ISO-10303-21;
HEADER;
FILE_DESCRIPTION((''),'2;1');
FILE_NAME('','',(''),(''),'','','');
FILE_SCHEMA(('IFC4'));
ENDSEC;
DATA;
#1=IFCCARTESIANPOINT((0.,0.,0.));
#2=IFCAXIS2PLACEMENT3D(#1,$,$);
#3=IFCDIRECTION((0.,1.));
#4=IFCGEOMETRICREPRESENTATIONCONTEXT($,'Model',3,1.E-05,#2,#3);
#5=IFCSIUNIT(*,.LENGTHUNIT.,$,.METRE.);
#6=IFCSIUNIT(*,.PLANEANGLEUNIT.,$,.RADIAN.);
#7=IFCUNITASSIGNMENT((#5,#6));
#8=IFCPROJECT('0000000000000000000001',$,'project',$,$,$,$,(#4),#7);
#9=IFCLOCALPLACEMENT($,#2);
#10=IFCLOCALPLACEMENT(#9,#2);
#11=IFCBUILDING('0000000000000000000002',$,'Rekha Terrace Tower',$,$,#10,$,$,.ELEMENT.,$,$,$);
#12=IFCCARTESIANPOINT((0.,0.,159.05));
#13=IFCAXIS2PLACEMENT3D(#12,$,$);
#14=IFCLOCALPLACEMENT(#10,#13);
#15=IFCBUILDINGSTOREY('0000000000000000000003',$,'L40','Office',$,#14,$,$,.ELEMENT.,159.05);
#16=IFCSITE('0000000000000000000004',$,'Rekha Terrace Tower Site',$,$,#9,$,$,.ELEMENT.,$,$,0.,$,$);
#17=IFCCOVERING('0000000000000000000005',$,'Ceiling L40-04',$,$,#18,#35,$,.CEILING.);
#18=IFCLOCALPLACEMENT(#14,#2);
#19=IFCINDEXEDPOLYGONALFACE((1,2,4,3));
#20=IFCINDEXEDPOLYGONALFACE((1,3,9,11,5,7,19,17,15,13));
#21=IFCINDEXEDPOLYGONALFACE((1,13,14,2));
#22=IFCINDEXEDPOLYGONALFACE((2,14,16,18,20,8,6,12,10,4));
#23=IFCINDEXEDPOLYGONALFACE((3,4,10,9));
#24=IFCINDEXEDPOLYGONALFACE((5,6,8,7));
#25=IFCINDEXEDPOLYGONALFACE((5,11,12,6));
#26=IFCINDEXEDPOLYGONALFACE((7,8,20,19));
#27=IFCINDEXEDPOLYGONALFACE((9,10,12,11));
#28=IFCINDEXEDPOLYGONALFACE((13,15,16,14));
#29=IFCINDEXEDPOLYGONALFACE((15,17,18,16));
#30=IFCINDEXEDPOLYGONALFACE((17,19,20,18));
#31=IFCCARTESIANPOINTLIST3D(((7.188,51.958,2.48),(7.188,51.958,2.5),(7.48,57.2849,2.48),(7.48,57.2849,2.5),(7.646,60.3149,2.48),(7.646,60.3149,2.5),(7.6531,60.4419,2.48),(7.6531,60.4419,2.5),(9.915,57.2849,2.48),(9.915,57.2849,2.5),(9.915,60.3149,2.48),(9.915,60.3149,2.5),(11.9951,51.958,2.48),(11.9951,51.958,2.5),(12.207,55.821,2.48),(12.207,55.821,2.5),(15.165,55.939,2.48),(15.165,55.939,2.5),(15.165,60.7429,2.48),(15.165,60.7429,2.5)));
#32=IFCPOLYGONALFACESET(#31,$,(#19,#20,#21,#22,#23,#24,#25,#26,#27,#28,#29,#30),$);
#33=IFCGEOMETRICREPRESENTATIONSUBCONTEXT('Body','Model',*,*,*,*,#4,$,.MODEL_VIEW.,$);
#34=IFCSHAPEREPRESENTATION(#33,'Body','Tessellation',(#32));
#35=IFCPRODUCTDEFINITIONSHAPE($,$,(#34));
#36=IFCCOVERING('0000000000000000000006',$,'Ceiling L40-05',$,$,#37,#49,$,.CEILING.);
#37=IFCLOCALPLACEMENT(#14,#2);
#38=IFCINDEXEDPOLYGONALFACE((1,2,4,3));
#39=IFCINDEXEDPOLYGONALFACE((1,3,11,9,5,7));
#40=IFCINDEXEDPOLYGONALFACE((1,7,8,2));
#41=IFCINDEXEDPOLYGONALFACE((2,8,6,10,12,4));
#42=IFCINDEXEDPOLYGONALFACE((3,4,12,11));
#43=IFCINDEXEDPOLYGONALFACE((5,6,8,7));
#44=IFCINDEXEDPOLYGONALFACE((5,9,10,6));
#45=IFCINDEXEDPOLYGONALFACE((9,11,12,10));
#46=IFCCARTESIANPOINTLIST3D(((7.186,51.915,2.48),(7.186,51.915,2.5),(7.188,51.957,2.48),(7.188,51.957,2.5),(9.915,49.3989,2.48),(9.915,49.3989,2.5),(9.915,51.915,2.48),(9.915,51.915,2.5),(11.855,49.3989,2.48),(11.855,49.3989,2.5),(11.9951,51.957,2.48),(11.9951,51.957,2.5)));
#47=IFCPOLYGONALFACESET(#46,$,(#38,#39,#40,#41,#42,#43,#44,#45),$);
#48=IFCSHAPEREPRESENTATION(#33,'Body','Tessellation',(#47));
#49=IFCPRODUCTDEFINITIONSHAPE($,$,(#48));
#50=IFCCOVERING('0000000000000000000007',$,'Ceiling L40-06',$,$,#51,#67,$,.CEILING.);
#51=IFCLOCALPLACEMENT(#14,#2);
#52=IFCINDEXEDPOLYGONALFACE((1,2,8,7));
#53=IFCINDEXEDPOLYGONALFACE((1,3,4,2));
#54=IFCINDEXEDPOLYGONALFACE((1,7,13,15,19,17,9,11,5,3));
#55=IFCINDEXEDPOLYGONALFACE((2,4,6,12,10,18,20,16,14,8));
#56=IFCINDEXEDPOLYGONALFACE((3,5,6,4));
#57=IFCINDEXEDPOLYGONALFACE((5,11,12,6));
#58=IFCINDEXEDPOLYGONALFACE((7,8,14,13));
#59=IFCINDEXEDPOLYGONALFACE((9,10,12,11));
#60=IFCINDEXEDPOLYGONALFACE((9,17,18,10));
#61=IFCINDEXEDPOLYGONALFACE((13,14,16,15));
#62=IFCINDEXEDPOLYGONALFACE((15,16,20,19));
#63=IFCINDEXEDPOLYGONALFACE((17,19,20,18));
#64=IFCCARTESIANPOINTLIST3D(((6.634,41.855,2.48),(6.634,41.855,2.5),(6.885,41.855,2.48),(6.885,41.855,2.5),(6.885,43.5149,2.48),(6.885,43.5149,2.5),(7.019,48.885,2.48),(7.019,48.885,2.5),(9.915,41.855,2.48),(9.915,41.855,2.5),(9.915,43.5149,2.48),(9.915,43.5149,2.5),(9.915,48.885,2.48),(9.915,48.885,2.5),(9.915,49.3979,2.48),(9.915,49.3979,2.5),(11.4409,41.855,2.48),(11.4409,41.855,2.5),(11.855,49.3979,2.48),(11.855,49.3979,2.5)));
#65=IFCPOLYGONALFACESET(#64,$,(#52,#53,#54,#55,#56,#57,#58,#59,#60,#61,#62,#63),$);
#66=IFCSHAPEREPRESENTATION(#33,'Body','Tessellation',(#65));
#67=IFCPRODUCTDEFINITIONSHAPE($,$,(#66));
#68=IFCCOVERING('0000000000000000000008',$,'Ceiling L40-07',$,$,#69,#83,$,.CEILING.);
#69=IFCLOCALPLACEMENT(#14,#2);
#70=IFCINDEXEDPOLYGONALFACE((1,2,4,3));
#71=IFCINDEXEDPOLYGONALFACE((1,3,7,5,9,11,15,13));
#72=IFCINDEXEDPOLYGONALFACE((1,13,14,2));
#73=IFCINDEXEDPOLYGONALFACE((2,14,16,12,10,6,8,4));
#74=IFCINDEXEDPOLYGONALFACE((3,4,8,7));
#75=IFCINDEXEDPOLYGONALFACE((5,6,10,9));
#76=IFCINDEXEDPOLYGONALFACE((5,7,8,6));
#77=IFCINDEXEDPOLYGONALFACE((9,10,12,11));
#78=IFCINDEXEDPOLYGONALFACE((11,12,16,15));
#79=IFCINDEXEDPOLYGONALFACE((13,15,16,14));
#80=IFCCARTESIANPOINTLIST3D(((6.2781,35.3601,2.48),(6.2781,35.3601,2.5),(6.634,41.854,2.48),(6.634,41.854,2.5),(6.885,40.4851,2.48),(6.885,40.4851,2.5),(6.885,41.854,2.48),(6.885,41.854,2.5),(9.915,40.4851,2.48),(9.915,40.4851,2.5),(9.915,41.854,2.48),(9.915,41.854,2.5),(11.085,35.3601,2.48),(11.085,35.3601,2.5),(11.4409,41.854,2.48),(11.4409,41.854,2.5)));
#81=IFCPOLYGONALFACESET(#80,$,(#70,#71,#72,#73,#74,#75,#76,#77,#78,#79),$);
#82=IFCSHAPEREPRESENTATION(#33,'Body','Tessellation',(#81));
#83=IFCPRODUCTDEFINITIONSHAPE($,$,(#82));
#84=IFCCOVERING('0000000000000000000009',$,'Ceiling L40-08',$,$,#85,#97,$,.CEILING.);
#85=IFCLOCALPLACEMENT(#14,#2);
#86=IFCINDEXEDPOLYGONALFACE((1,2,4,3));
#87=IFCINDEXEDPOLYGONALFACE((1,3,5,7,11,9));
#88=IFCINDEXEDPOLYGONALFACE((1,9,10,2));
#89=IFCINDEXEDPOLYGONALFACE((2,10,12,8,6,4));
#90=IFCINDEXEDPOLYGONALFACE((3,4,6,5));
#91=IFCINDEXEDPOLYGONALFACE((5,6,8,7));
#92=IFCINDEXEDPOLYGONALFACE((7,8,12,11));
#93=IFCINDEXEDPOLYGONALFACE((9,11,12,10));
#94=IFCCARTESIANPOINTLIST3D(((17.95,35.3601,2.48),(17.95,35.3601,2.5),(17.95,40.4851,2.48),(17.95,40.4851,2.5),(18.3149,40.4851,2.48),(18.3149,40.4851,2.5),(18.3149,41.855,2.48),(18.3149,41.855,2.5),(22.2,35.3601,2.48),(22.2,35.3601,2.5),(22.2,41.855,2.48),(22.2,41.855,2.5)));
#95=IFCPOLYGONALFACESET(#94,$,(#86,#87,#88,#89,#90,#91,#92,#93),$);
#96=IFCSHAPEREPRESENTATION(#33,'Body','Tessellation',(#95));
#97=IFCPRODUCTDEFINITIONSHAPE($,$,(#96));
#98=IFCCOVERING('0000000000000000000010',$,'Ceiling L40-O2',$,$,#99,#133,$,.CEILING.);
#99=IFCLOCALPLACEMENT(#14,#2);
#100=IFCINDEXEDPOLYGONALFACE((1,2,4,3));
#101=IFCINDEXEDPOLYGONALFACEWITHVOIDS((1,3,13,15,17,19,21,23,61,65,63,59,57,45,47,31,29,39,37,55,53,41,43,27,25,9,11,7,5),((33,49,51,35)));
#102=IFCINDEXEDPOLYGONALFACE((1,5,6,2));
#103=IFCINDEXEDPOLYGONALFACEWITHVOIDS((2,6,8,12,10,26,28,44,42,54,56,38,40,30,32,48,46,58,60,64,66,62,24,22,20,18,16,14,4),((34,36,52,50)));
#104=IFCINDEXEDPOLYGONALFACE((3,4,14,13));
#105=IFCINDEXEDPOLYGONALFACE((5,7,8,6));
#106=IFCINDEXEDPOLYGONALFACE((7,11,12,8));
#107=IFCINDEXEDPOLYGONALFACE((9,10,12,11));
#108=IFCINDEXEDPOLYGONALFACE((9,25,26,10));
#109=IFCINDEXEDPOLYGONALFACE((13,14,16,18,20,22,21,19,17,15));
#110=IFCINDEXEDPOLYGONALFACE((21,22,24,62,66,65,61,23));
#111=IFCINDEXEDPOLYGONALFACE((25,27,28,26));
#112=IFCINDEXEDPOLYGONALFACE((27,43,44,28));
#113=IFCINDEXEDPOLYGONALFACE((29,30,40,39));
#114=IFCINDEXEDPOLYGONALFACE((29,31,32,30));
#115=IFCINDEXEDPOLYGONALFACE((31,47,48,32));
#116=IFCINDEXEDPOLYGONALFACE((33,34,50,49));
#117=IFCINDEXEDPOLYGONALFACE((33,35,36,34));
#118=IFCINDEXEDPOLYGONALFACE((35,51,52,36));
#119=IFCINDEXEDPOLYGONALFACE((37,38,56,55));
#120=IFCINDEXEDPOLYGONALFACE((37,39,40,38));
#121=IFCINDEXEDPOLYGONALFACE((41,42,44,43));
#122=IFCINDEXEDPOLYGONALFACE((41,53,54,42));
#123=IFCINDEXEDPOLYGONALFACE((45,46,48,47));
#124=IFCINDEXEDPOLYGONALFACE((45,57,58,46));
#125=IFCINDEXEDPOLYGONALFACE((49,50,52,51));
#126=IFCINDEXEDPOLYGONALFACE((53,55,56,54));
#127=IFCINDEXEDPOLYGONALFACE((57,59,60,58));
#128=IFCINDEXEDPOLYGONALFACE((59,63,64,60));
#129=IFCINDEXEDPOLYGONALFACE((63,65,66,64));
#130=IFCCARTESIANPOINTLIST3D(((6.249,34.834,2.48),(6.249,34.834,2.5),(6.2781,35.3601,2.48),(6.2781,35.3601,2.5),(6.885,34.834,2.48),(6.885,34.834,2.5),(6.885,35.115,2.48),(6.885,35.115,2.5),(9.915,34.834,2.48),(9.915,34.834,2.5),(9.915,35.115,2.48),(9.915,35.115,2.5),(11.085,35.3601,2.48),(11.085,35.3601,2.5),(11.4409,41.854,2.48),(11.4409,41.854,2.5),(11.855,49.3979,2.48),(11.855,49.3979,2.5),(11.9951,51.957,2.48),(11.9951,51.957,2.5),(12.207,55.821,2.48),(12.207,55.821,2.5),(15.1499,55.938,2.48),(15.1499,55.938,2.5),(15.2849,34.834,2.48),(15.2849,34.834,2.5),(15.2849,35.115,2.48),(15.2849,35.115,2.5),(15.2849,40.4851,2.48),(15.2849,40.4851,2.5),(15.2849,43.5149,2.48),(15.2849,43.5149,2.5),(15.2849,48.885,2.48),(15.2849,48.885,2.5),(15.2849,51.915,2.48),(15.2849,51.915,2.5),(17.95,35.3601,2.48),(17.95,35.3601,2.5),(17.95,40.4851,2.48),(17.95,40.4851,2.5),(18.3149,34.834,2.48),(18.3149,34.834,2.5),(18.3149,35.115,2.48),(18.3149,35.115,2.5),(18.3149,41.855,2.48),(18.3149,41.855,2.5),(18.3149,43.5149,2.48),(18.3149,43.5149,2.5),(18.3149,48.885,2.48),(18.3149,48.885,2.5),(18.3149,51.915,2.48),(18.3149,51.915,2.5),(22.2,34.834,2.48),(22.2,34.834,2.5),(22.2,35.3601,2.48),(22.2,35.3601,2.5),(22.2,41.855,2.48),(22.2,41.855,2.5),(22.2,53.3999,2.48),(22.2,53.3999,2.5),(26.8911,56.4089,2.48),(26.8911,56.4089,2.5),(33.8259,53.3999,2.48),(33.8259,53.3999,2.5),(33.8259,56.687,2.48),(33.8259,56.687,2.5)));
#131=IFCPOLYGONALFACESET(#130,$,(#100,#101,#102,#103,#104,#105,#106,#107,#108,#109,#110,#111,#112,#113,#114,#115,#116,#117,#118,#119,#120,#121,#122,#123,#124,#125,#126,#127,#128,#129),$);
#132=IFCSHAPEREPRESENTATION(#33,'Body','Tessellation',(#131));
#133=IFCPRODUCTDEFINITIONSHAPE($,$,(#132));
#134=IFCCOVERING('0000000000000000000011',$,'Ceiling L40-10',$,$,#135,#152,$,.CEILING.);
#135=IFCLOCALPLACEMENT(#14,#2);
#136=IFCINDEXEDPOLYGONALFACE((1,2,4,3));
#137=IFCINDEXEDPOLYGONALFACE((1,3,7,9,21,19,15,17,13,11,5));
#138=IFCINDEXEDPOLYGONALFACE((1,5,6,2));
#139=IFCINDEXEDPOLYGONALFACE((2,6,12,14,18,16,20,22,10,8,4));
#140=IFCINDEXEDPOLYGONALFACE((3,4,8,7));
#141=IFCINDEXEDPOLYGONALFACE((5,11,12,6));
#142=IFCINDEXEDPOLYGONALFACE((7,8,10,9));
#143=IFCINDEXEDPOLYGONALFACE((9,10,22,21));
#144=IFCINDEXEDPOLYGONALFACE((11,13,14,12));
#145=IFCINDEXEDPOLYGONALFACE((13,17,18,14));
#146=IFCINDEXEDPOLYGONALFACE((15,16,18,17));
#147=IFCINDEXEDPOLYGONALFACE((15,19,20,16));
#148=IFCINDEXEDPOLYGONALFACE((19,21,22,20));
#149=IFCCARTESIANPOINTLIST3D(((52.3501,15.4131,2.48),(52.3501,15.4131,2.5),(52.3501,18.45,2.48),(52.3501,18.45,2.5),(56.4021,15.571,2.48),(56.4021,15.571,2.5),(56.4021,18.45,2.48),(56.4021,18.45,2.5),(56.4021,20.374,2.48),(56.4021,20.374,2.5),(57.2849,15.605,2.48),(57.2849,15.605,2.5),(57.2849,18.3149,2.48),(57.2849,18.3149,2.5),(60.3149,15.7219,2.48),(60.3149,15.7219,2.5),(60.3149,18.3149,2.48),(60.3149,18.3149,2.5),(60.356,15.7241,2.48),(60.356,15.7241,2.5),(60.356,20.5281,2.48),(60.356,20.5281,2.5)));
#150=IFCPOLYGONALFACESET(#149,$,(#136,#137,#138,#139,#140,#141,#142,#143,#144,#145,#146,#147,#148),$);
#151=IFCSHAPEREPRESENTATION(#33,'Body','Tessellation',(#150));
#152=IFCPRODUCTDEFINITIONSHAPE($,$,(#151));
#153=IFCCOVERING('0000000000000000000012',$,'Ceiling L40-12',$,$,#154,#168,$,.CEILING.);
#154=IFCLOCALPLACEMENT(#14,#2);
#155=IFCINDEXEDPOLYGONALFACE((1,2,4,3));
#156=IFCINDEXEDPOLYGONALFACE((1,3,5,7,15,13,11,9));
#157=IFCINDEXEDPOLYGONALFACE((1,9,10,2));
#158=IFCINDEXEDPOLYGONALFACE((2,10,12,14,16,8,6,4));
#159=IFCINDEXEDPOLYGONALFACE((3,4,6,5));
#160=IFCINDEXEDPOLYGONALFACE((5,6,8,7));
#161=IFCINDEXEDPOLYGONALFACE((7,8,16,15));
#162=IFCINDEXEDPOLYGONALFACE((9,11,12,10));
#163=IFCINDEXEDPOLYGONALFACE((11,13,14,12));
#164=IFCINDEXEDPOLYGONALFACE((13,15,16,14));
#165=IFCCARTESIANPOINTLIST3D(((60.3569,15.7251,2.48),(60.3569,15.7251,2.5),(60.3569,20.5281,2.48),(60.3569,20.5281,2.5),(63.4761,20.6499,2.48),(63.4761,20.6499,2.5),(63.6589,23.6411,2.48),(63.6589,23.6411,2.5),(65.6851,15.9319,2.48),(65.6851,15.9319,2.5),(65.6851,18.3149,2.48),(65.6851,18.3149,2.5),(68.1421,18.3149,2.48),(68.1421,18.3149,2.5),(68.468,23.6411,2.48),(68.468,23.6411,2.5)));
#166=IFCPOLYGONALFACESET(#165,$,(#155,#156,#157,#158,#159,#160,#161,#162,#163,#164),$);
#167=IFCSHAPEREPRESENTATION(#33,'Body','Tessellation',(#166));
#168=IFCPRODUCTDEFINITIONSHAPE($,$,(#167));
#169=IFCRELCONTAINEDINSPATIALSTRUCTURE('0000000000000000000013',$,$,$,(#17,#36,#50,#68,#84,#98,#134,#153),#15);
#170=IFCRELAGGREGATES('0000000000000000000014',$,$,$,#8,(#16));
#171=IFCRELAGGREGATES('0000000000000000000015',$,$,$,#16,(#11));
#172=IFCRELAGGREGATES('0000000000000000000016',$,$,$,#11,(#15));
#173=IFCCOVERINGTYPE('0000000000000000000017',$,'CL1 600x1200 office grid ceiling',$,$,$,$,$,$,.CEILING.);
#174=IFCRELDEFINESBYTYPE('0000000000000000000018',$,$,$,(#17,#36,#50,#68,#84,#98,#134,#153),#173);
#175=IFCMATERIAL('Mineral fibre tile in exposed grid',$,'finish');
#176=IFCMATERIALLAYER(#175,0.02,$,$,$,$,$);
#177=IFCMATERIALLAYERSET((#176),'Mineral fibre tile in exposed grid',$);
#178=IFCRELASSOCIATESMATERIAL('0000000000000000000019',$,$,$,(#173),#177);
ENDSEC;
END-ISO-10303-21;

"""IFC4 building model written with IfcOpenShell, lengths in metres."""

from ifc_helpers import new_model, si_unit, direction, frame, origin, place, context, subcontext, project, spatial, polyline, outline, extrude, material, layer, layer_set, type_object, element, save


model = new_model("IFC4")

# Units and contexts
model_context = context("Model", 3, precision=1e-05, world=origin(), true_north=direction((0.0, 1.0)))
body_context = subcontext(model_context, "Body", "Model", "MODEL_VIEW")
ifc_project = project(units=[si_unit("LENGTHUNIT", "METRE"), si_unit("PLANEANGLEUNIT", "RADIAN")], contexts=[model_context])

# Site, building, storey
site_placement = place(None, origin())
site = spatial("IfcSite", under=ifc_project, at=site_placement, Name="Rekha Terrace Tower Site", CompositionType="ELEMENT", RefElevation=0.0)
building_placement = place(site_placement, origin())
building = spatial("IfcBuilding", under=site, at=building_placement, Name="Rekha Terrace Tower", CompositionType="ELEMENT")
storey_placement = place(building_placement, frame((0.0, 0.0, 159.05)))
storey = spatial("IfcBuildingStorey", under=building, at=storey_placement, Name="L40", Description="Office", CompositionType="ELEMENT", Elevation=159.05)

# Coverings
ifc_material_1 = material(Name="Mineral fibre tile in exposed grid", Category="finish")
ifc_layer_1 = layer(ifc_material_1, 0.02)
ifc_layer_set_1 = layer_set([ifc_layer_1], Name="Mineral fibre tile in exposed grid")
covering_type_1 = type_object("IfcCoveringType", Name="CL1 600x1200 office grid ceiling", PredefinedType="CEILING", material=ifc_layer_set_1)
covering_1_placement = place(storey_placement, frame((0.0, 0.0, 2.48)))
element("IfcCovering", 1, at=covering_1_placement, inside=storey, type_object=covering_type_1, Name="Ceiling L40-04", PredefinedType="CEILING", context=body_context, shape_type="SweptSolid", body=[
    extrude(outline(polyline([(12.207, 55.821), (15.165, 55.939), (15.165, 60.7429), (7.6531, 60.4419), (7.646, 60.3149), (9.915, 60.3149), (9.915, 57.2849), (7.48, 57.2849), (7.188, 51.958), (11.9951, 51.958), (12.207, 55.821)])), origin(), (0.0, 0.0, 1.0), 0.02),
])
covering_2_placement = place(storey_placement, frame((0.0, 0.0, 2.48)))
element("IfcCovering", 2, at=covering_2_placement, inside=storey, type_object=covering_type_1, Name="Ceiling L40-05", PredefinedType="CEILING", context=body_context, shape_type="SweptSolid", body=[
    extrude(outline(polyline([(9.915, 49.3989), (11.855, 49.3989), (11.9951, 51.957), (7.188, 51.957), (7.186, 51.915), (9.915, 51.915), (9.915, 49.3989)])), origin(), (0.0, 0.0, 1.0), 0.02),
])
covering_3_placement = place(storey_placement, frame((0.0, 0.0, 2.48)))
element("IfcCovering", 3, at=covering_3_placement, inside=storey, type_object=covering_type_1, Name="Ceiling L40-06", PredefinedType="CEILING", context=body_context, shape_type="SweptSolid", body=[
    extrude(outline(polyline([(9.915, 41.855), (11.4409, 41.855), (11.855, 49.3979), (9.915, 49.3979), (9.915, 48.885), (7.019, 48.885), (6.634, 41.855), (6.885, 41.855), (6.885, 43.5149), (9.915, 43.5149), (9.915, 41.855)])), origin(), (0.0, 0.0, 1.0), 0.02),
])
covering_4_placement = place(storey_placement, frame((0.0, 0.0, 2.48)))
element("IfcCovering", 4, at=covering_4_placement, inside=storey, type_object=covering_type_1, Name="Ceiling L40-07", PredefinedType="CEILING", context=body_context, shape_type="SweptSolid", body=[
    extrude(outline(polyline([(6.2781, 35.3601), (11.085, 35.3601), (11.4409, 41.854), (9.915, 41.854), (9.915, 40.4851), (6.885, 40.4851), (6.885, 41.854), (6.634, 41.854), (6.2781, 35.3601)])), origin(), (0.0, 0.0, 1.0), 0.02),
])
covering_5_placement = place(storey_placement, frame((0.0, 0.0, 2.48)))
element("IfcCovering", 5, at=covering_5_placement, inside=storey, type_object=covering_type_1, Name="Ceiling L40-08", PredefinedType="CEILING", context=body_context, shape_type="SweptSolid", body=[
    extrude(outline(polyline([(18.3149, 40.4851), (17.95, 40.4851), (17.95, 35.3601), (22.2, 35.3601), (22.2, 41.855), (18.3149, 41.855), (18.3149, 40.4851)])), origin(), (0.0, 0.0, 1.0), 0.02),
])
covering_6_placement = place(storey_placement, frame((0.0, 0.0, 2.48)))
element("IfcCovering", 6, at=covering_6_placement, inside=storey, type_object=covering_type_1, Name="Ceiling L40-O2", PredefinedType="CEILING", context=body_context, shape_type="SweptSolid", body=[
    extrude(outline(polyline([(11.855, 49.3979), (11.4409, 41.854), (11.085, 35.3601), (6.2781, 35.3601), (6.249, 34.834), (6.885, 34.834), (6.885, 35.115), (9.915, 35.115), (9.915, 34.834), (15.2849, 34.834), (15.2849, 35.115), (18.3149, 35.115), (18.3149, 34.834), (22.2, 34.834), (22.2, 35.3601), (17.95, 35.3601), (17.95, 40.4851), (15.2849, 40.4851), (15.2849, 43.5149), (18.3149, 43.5149), (18.3149, 41.855), (22.2, 41.855), (22.2, 53.3999), (33.8259, 53.3999), (33.8259, 56.687), (26.8911, 56.4089), (15.1499, 55.938), (12.207, 55.821), (11.9951, 51.957), (11.855, 49.3979)]), holes=[polyline([(18.3149, 48.885), (15.2849, 48.885), (15.2849, 51.915), (18.3149, 51.915), (18.3149, 48.885)])]), origin(), (0.0, 0.0, 1.0), 0.02),
])
covering_7_placement = place(storey_placement, frame((0.0, 0.0, 2.48)))
element("IfcCovering", 7, at=covering_7_placement, inside=storey, type_object=covering_type_1, Name="Ceiling L40-10", PredefinedType="CEILING", context=body_context, shape_type="SweptSolid", body=[
    extrude(outline(polyline([(52.3501, 18.45), (52.3501, 15.4131), (56.4021, 15.571), (57.2849, 15.605), (57.2849, 18.3149), (60.3149, 18.3149), (60.3149, 15.7219), (60.356, 15.7241), (60.356, 20.5281), (56.4021, 20.374), (56.4021, 18.45), (52.3501, 18.45)])), origin(), (0.0, 0.0, 1.0), 0.02),
])
covering_8_placement = place(storey_placement, frame((0.0, 0.0, 2.48)))
element("IfcCovering", 8, at=covering_8_placement, inside=storey, type_object=covering_type_1, Name="Ceiling L40-12", PredefinedType="CEILING", context=body_context, shape_type="SweptSolid", body=[
    extrude(outline(polyline([(68.1421, 18.3149), (68.468, 23.6411), (63.6589, 23.6411), (63.4761, 20.6499), (60.3569, 20.5281), (60.3569, 15.7251), (65.6851, 15.9319), (65.6851, 18.3149), (68.1421, 18.3149)])), origin(), (0.0, 0.0, 1.0), 0.02),
])

save(model, "model.ifc")
